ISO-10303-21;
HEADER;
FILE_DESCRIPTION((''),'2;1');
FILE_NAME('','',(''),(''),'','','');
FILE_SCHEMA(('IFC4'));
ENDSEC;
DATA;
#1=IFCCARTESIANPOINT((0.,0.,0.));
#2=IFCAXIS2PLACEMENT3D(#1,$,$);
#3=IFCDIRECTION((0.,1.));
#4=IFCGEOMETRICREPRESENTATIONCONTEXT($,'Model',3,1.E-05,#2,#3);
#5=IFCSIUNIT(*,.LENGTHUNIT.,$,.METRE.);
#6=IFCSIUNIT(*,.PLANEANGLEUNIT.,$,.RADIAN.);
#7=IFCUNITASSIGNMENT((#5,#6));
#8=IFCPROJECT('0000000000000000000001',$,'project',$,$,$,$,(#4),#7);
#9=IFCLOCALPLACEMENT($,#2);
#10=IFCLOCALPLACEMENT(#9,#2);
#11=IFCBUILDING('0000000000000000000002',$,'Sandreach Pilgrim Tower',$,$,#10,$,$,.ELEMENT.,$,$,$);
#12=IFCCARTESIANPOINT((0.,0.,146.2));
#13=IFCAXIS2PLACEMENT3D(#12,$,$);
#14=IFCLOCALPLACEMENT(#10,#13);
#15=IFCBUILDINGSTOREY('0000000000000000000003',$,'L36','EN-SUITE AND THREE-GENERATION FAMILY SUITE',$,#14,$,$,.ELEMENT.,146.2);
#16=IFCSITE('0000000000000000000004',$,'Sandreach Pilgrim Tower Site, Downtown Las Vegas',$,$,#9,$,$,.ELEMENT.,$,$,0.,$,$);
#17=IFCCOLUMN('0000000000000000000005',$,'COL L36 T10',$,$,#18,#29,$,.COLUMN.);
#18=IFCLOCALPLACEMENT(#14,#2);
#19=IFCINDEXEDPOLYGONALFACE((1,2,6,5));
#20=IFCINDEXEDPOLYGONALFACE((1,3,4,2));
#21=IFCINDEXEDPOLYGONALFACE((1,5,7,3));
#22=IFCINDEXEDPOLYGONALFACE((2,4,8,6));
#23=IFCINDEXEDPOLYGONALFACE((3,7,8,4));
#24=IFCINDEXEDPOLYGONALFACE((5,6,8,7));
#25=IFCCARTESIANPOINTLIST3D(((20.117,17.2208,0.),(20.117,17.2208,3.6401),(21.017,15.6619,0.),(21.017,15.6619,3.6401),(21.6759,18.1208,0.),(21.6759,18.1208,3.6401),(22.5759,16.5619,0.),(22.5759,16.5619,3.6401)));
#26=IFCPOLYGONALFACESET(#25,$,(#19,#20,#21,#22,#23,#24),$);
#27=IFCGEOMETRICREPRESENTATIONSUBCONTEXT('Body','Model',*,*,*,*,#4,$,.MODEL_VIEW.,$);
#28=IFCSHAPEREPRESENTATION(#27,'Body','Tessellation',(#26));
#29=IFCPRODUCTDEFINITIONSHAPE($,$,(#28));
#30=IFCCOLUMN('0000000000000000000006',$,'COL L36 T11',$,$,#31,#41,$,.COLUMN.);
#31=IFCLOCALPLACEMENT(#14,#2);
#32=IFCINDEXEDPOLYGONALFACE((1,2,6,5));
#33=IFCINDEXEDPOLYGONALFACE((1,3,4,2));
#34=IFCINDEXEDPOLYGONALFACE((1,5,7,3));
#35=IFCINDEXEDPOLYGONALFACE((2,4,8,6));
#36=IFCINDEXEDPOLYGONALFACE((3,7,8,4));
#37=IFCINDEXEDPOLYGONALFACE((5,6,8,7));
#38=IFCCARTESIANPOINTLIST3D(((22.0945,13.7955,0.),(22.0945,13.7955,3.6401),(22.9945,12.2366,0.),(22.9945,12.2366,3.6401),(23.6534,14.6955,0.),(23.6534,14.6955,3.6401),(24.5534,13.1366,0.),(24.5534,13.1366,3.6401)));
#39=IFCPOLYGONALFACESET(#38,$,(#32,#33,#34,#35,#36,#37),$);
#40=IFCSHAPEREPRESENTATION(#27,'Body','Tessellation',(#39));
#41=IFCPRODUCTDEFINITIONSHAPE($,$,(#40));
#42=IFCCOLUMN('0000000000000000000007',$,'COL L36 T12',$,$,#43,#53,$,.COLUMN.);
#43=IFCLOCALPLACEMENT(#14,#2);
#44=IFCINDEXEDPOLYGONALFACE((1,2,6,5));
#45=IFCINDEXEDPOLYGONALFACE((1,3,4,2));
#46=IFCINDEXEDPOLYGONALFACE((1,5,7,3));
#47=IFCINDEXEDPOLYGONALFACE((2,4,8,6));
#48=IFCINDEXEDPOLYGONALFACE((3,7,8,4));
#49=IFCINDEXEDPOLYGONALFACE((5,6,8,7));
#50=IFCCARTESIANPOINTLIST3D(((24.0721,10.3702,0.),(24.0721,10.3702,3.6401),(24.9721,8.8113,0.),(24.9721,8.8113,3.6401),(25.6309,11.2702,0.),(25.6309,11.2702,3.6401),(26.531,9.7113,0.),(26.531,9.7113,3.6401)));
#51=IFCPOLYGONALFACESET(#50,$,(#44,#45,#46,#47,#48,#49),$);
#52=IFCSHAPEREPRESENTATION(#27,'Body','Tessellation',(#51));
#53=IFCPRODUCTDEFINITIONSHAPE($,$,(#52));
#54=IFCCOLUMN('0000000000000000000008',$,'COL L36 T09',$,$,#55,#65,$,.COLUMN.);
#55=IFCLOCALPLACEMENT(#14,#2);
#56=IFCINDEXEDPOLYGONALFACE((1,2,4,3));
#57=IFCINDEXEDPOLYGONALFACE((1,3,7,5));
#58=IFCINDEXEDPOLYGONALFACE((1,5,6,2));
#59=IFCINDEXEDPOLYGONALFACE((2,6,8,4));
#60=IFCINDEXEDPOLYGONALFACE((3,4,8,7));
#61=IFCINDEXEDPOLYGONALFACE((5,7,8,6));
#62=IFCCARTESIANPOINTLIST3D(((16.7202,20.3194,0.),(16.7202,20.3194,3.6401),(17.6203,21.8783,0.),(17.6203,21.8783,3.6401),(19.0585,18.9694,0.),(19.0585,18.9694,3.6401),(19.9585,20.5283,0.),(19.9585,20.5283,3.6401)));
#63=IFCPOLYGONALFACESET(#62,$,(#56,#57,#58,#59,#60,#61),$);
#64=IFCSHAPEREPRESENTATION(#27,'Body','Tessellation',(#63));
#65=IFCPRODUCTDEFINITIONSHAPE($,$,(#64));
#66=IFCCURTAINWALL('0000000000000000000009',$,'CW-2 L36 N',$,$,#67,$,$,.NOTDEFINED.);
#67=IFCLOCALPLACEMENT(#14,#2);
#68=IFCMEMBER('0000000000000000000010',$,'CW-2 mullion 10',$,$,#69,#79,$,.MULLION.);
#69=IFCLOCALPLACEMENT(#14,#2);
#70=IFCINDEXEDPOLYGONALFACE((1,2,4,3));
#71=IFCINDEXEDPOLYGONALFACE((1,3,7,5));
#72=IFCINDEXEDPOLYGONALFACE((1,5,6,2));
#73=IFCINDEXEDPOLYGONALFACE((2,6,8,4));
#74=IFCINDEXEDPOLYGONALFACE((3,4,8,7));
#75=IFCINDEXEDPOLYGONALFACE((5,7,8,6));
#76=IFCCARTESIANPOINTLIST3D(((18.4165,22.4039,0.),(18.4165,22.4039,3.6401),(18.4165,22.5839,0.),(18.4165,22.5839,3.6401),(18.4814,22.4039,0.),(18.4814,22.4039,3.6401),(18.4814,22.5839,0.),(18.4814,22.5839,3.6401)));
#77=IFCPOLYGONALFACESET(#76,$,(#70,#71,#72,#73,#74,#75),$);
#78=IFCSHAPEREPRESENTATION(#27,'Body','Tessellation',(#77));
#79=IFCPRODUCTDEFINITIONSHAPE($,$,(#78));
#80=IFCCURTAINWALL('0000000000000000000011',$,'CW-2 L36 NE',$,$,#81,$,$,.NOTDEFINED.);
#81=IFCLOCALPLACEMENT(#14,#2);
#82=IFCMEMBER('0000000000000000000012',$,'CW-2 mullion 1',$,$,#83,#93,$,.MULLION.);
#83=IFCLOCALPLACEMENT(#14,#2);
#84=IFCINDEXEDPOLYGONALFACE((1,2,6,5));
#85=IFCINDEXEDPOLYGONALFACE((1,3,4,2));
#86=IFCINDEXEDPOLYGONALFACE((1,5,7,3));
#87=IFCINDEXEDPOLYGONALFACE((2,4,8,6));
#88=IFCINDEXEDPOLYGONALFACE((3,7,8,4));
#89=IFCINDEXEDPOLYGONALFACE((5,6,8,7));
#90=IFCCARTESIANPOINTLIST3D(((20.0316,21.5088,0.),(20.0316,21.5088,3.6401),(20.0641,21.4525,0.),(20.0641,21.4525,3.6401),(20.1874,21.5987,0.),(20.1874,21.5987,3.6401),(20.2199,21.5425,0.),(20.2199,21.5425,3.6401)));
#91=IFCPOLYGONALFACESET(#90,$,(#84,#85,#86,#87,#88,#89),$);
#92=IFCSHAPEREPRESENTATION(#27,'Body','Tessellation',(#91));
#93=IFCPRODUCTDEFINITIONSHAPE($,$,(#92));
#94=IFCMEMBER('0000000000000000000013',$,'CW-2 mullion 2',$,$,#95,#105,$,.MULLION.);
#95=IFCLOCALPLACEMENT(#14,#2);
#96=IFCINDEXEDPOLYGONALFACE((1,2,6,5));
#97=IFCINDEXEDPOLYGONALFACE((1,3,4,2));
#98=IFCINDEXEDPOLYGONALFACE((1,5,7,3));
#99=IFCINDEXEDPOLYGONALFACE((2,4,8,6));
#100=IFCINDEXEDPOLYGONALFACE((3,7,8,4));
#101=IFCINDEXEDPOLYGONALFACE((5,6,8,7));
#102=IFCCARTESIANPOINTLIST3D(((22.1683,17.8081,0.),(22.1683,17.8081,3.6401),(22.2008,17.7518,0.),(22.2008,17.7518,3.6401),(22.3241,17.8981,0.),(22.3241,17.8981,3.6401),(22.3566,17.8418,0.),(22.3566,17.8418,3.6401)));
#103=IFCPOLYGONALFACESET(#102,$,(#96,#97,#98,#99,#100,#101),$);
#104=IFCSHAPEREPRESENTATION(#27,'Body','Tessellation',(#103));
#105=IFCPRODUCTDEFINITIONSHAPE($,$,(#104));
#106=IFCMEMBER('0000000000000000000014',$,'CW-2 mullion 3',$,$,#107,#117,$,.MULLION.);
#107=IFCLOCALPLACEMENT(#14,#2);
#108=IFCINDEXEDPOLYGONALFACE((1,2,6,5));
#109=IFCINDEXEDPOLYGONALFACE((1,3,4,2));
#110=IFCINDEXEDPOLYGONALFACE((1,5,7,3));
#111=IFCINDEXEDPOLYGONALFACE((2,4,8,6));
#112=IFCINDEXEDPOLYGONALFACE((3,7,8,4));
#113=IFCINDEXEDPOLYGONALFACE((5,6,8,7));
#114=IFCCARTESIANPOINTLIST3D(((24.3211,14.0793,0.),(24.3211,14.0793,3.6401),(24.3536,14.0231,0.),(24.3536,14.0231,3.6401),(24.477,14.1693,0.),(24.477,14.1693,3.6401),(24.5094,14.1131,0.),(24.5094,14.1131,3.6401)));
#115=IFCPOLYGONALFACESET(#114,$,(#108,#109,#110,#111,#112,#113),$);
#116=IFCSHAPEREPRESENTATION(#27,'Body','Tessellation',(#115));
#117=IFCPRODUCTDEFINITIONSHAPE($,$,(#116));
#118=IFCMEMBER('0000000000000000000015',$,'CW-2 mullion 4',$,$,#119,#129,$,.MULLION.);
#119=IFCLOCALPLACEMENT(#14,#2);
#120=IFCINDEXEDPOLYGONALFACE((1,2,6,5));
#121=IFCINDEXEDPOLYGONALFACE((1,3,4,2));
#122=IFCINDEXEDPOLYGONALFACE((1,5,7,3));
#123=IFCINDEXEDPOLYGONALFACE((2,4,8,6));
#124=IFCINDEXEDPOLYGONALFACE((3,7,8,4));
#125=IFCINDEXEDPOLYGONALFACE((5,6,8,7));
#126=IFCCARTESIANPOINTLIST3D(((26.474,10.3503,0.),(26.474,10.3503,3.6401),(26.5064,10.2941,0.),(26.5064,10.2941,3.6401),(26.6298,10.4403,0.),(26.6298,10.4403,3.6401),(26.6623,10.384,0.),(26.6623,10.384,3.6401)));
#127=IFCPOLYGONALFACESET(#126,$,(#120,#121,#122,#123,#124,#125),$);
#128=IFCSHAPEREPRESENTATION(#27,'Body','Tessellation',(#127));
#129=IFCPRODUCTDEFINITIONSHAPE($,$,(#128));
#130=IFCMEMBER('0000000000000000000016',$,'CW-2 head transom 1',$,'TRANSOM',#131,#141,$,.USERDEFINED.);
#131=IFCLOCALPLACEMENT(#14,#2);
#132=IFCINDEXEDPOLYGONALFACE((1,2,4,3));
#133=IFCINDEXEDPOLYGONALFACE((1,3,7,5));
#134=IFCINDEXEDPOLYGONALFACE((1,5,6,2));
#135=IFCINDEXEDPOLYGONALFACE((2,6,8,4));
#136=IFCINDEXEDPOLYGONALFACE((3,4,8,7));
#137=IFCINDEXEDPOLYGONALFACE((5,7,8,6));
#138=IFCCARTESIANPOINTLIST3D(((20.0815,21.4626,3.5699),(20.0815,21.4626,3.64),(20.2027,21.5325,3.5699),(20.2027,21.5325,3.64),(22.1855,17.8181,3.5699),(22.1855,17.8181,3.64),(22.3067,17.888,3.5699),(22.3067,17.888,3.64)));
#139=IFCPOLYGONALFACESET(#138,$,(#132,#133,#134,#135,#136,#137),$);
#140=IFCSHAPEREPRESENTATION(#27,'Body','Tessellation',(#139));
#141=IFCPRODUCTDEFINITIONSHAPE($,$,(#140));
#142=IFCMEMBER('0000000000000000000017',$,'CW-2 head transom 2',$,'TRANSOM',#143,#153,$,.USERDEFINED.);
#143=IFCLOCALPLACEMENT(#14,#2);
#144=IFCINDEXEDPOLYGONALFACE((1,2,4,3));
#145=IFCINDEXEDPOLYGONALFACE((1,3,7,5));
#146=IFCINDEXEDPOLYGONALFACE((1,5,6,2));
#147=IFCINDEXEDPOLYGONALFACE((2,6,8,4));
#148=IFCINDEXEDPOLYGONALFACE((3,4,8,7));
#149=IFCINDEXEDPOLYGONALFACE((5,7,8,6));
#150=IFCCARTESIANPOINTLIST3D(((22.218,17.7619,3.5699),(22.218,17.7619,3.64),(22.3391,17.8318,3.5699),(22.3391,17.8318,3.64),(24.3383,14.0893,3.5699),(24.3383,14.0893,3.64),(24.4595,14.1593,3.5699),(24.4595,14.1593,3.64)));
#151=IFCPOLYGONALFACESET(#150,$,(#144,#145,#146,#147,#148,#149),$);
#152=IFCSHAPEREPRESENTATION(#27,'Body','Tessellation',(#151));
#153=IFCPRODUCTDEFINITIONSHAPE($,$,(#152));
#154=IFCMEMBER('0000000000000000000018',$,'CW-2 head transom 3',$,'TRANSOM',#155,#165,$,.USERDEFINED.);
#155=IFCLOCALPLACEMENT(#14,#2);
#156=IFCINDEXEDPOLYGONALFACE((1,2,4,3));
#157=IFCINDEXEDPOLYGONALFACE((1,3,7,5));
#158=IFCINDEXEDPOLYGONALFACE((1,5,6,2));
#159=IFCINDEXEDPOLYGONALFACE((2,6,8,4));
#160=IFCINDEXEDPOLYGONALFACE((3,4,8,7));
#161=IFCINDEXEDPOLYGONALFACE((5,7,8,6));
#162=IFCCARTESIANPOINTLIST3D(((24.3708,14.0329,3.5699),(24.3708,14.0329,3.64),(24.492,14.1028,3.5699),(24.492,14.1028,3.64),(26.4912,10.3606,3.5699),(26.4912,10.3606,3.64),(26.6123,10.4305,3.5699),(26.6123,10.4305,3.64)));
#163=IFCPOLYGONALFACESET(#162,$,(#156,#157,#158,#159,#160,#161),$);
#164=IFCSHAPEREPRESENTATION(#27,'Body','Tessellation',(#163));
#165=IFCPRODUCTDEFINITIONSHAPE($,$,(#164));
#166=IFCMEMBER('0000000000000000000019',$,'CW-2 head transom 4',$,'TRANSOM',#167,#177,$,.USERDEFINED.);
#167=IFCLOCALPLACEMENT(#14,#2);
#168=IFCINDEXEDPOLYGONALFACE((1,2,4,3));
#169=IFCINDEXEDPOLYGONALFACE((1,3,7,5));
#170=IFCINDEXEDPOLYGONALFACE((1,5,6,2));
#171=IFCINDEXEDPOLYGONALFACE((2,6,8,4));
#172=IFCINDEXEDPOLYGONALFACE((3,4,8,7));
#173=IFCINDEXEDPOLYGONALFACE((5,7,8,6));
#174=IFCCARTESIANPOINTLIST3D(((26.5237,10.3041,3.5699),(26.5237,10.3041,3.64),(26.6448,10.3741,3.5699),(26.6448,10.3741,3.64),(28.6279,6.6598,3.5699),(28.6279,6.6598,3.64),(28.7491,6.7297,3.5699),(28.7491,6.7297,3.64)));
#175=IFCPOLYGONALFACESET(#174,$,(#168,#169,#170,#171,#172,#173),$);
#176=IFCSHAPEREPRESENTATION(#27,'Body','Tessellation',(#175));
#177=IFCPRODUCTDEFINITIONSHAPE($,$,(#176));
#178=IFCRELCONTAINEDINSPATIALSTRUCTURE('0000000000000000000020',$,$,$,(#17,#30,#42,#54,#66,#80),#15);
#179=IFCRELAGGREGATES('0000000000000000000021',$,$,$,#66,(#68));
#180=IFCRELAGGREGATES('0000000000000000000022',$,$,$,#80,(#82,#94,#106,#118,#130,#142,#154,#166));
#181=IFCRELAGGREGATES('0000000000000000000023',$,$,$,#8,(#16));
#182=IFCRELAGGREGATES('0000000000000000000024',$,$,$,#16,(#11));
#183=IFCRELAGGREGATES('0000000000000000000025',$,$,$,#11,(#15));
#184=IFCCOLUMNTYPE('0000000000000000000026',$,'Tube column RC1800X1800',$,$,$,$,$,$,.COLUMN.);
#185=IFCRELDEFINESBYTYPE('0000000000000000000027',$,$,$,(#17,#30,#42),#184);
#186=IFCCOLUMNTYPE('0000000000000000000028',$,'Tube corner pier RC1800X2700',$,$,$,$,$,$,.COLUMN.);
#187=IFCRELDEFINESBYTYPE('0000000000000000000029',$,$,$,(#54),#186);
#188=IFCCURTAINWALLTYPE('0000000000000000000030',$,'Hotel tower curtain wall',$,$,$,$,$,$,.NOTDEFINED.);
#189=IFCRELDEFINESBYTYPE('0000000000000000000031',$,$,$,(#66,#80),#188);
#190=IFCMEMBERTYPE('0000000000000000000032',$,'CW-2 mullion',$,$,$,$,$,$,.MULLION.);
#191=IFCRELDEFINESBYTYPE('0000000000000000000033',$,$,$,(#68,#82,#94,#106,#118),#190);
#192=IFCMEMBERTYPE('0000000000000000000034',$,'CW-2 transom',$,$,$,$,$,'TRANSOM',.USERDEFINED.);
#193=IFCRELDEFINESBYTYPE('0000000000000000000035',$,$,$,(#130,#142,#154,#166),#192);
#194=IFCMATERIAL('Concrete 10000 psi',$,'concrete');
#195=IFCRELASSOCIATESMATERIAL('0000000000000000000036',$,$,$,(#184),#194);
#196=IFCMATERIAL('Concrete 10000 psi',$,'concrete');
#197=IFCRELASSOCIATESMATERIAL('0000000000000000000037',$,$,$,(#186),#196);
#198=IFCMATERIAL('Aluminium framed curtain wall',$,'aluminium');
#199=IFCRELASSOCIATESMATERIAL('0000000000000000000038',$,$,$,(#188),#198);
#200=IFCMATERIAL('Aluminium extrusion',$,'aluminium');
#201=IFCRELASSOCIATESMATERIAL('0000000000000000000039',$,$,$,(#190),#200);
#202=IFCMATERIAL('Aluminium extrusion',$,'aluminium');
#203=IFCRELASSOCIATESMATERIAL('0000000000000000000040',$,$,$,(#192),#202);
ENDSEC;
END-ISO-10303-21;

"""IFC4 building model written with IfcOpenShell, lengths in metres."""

from ifc_helpers import new_model, si_unit, direction, frame, origin, origin_2d, place, context, subcontext, project, spatial, rectangle, extrude, clip, halfspace, material, material_profile, profile_set, type_object, element, aggregate, save


model = new_model("IFC4")

# Units and contexts
model_context = context("Model", 3, precision=1e-05, world=origin(), true_north=direction((0.0, 1.0)))
body_context = subcontext(model_context, "Body", "Model", "MODEL_VIEW")
ifc_project = project(units=[si_unit("LENGTHUNIT", "METRE"), si_unit("PLANEANGLEUNIT", "RADIAN")], contexts=[model_context])

# Site, building, storey
site_placement = place(None, origin())
site = spatial("IfcSite", under=ifc_project, at=site_placement, Name="Sandreach Pilgrim Tower Site, Downtown Las Vegas", CompositionType="ELEMENT", RefElevation=0.0)
building_placement = place(site_placement, origin())
building = spatial("IfcBuilding", under=site, at=building_placement, Name="Sandreach Pilgrim Tower", CompositionType="ELEMENT")
storey_placement = place(building_placement, frame((0.0, 0.0, 146.2)))
storey = spatial("IfcBuildingStorey", under=building, at=storey_placement, Name="L36", Description="EN-SUITE AND THREE-GENERATION FAMILY SUITE", CompositionType="ELEMENT", Elevation=146.2)

# Columns
ifc_material_1 = material(Name="Concrete 10000 psi", Category="concrete")
ifc_material_profile_1 = material_profile(ifc_material_1, rectangle(XDim=1.8, YDim=1.8, at=origin_2d()), Name="RC1800X1800")
ifc_profile_set_1 = profile_set([ifc_material_profile_1], Name="Concrete 10000 psi")
column_type_1 = type_object("IfcColumnType", Name="Tube column RC1800X1800", PredefinedType="COLUMN", material=ifc_profile_set_1)
column_1_placement = place(storey_placement, frame((21.3464, 16.8914, 0.0), z_axis=(0.0, 0.0, 1.0), x_axis=(0.866025, 0.5, 0.0)))
element("IfcColumn", 1, at=column_1_placement, inside=storey, type_object=column_type_1, Name="COL L36 T10", PredefinedType="COLUMN", context=body_context, shape_type="SweptSolid", body=[
    clip(extrude(rectangle(XDim=1.8, YDim=1.8, at=origin_2d()), origin(), (0.0, 0.0, 1.0), 3.7393), halfspace(frame((0.0, 0.0, 3.6401)), False)),
])
column_2_placement = place(storey_placement, frame((23.324, 13.4661, 0.0), z_axis=(0.0, 0.0, 1.0), x_axis=(0.866025, 0.5, 0.0)))
element("IfcColumn", 2, at=column_2_placement, inside=storey, type_object=column_type_1, Name="COL L36 T11", PredefinedType="COLUMN", context=body_context, shape_type="SweptSolid", body=[
    clip(extrude(rectangle(XDim=1.8, YDim=1.8, at=origin_2d()), origin(), (0.0, 0.0, 1.0), 3.7468), halfspace(frame((0.0, 0.0, 3.6401)), False)),
])
column_3_placement = place(storey_placement, frame((25.3015, 10.0408, 0.0), z_axis=(0.0, 0.0, 1.0), x_axis=(0.866025, 0.5, 0.0)))
element("IfcColumn", 3, at=column_3_placement, inside=storey, type_object=column_type_1, Name="COL L36 T12", PredefinedType="COLUMN", context=body_context, shape_type="SweptSolid", body=[
    clip(extrude(rectangle(XDim=1.8, YDim=1.8, at=origin_2d()), origin(), (0.0, 0.0, 1.0), 3.7393), halfspace(frame((0.0, 0.0, 3.6401)), False)),
])
ifc_material_2 = material(Name="Concrete 10000 psi", Category="concrete")
ifc_material_profile_2 = material_profile(ifc_material_2, rectangle(XDim=1.8, YDim=2.7, at=origin_2d()), Name="RC1800X2700")
ifc_profile_set_2 = profile_set([ifc_material_profile_2], Name="Concrete 10000 psi")
column_type_2 = type_object("IfcColumnType", Name="Tube corner pier RC1800X2700", PredefinedType="COLUMN", material=ifc_profile_set_2)
column_4_placement = place(storey_placement, frame((18.3394, 20.4238, 0.0), z_axis=(0.0, 0.0, 1.0), x_axis=(0.5, 0.866025, 0.0)))
element("IfcColumn", 4, at=column_4_placement, inside=storey, type_object=column_type_2, Name="COL L36 T09", PredefinedType="COLUMN", context=body_context, shape_type="SweptSolid", body=[
    clip(extrude(rectangle(XDim=1.8, YDim=2.7, at=origin_2d()), origin(), (0.0, 0.0, 1.0), 3.7288), halfspace(frame((0.0, 0.0, 3.6401)), False)),
])

# Curtain wall, member
ifc_material_3 = material(Name="Aluminium framed curtain wall", Category="aluminium")
curtain_wall_type = type_object("IfcCurtainWallType", Name="Hotel tower curtain wall", PredefinedType="NOTDEFINED", material=ifc_material_3)
curtain_wall_1_placement = place(storey_placement, origin())
curtain_wall_1 = element("IfcCurtainWall", 5, at=curtain_wall_1_placement, inside=storey, type_object=curtain_wall_type, Name="CW-2 L36 N", PredefinedType="NOTDEFINED")
ifc_material_4 = material(Name="Aluminium extrusion", Category="aluminium")
ifc_material_profile_3 = material_profile(ifc_material_4, rectangle(XDim=0.0649, YDim=0.1799, at=origin_2d()), Name="CW-2M 65X180")
ifc_profile_set_3 = profile_set([ifc_material_profile_3], Name="Aluminium extrusion")
member_type_1 = type_object("IfcMemberType", Name="CW-2 mullion", PredefinedType="MULLION", material=ifc_profile_set_3)
member_1_placement = place(storey_placement, frame((18.449, 22.4939, 0.0), z_axis=(0.0, 0.0, 1.0), x_axis=(1.0, 0.0, 0.0)))
member_1 = element("IfcMember", 6, at=member_1_placement, type_object=member_type_1, Name="CW-2 mullion 10", PredefinedType="MULLION", context=body_context, shape_type="SweptSolid", body=[
    extrude(rectangle(XDim=0.0649, YDim=0.1799, at=origin_2d()), origin(), (0.0, 0.0, 1.0), 3.6401),
])
aggregate(curtain_wall_1, [member_1])

# Curtain wall, members
curtain_wall_2_placement = place(storey_placement, origin())
curtain_wall_2 = element("IfcCurtainWall", 7, at=curtain_wall_2_placement, inside=storey, type_object=curtain_wall_type, Name="CW-2 L36 NE", PredefinedType="NOTDEFINED")
member_2_placement = place(storey_placement, frame((20.1257, 21.5256, 0.0), z_axis=(0.0, 0.0, 1.0), x_axis=(0.5, -0.866025, 0.0)))
member_2 = element("IfcMember", 8, at=member_2_placement, type_object=member_type_1, Name="CW-2 mullion 1", PredefinedType="MULLION", context=body_context, shape_type="SweptSolid", body=[
    extrude(rectangle(XDim=0.0649, YDim=0.1799, at=origin_2d()), origin(), (0.0, 0.0, 1.0), 3.6401),
])
member_3_placement = place(storey_placement, frame((22.2625, 17.825, 0.0), z_axis=(0.0, 0.0, 1.0), x_axis=(0.5, -0.866025, 0.0)))
member_3 = element("IfcMember", 9, at=member_3_placement, type_object=member_type_1, Name="CW-2 mullion 2", PredefinedType="MULLION", context=body_context, shape_type="SweptSolid", body=[
    extrude(rectangle(XDim=0.0649, YDim=0.1799, at=origin_2d()), origin(), (0.0, 0.0, 1.0), 3.6401),
])
member_4_placement = place(storey_placement, frame((24.4153, 14.0962, 0.0), z_axis=(0.0, 0.0, 1.0), x_axis=(0.5, -0.866025, 0.0)))
member_4 = element("IfcMember", 10, at=member_4_placement, type_object=member_type_1, Name="CW-2 mullion 3", PredefinedType="MULLION", context=body_context, shape_type="SweptSolid", body=[
    extrude(rectangle(XDim=0.0649, YDim=0.1799, at=origin_2d()), origin(), (0.0, 0.0, 1.0), 3.6401),
])
member_5_placement = place(storey_placement, frame((26.5681, 10.3672, 0.0), z_axis=(0.0, 0.0, 1.0), x_axis=(0.5, -0.866025, 0.0)))
member_5 = element("IfcMember", 11, at=member_5_placement, type_object=member_type_1, Name="CW-2 mullion 4", PredefinedType="MULLION", context=body_context, shape_type="SweptSolid", body=[
    extrude(rectangle(XDim=0.0649, YDim=0.1799, at=origin_2d()), origin(), (0.0, 0.0, 1.0), 3.6401),
])
ifc_material_5 = material(Name="Aluminium extrusion", Category="aluminium")
ifc_material_profile_4 = material_profile(ifc_material_5, rectangle(XDim=0.1399, YDim=0.0701, at=origin_2d()), Name="CW-2T 140X70")
ifc_profile_set_4 = profile_set([ifc_material_profile_4], Name="Aluminium extrusion")
member_type_2 = type_object("IfcMemberType", Name="CW-2 transom", ElementType="TRANSOM", PredefinedType="USERDEFINED", material=ifc_profile_set_4)
member_6_placement = place(storey_placement, frame((20.1421, 21.4976, 3.605), z_axis=(0.49997, -0.866043, 0.0), x_axis=(0.866043, 0.49997, 0.0)))
member_6 = element("IfcMember", 12, at=member_6_placement, type_object=member_type_2, Name="CW-2 head transom 1", ObjectType="TRANSOM", PredefinedType="USERDEFINED", context=body_context, shape_type="SweptSolid", body=[
    extrude(rectangle(XDim=0.1399, YDim=0.0701, at=origin_2d()), origin(), (0.0, 0.0, 1.0), 4.2083),
])
member_7_placement = place(storey_placement, frame((22.2786, 17.7969, 3.605), z_axis=(0.499997, -0.866027, 0.0), x_axis=(0.866027, 0.499997, 0.0)))
member_7 = element("IfcMember", 13, at=member_7_placement, type_object=member_type_2, Name="CW-2 head transom 2", ObjectType="TRANSOM", PredefinedType="USERDEFINED", context=body_context, shape_type="SweptSolid", body=[
    extrude(rectangle(XDim=0.1399, YDim=0.0701, at=origin_2d()), origin(), (0.0, 0.0, 1.0), 4.2407),
])
member_8_placement = place(storey_placement, frame((24.4314, 14.0679, 3.605), z_axis=(0.500021, -0.866013, 0.0), x_axis=(0.866013, 0.500021, 0.0)))
member_8 = element("IfcMember", 14, at=member_8_placement, type_object=member_type_2, Name="CW-2 head transom 3", ObjectType="TRANSOM", PredefinedType="USERDEFINED", context=body_context, shape_type="SweptSolid", body=[
    extrude(rectangle(XDim=0.1399, YDim=0.0701, at=origin_2d()), origin(), (0.0, 0.0, 1.0), 4.2405),
])
member_9_placement = place(storey_placement, frame((26.5842, 10.3391, 3.605), z_axis=(0.500039, -0.866003, 0.0), x_axis=(0.866003, 0.500039, 0.0)))
member_9 = element("IfcMember", 15, at=member_9_placement, type_object=member_type_2, Name="CW-2 head transom 4", ObjectType="TRANSOM", PredefinedType="USERDEFINED", context=body_context, shape_type="SweptSolid", body=[
    extrude(rectangle(XDim=0.1399, YDim=0.0701, at=origin_2d()), origin(), (0.0, 0.0, 1.0), 4.2083),
])

aggregate(curtain_wall_2, [member_2, member_3, member_4, member_5, member_6, member_7, member_8, member_9])

save(model, "model.ifc")
